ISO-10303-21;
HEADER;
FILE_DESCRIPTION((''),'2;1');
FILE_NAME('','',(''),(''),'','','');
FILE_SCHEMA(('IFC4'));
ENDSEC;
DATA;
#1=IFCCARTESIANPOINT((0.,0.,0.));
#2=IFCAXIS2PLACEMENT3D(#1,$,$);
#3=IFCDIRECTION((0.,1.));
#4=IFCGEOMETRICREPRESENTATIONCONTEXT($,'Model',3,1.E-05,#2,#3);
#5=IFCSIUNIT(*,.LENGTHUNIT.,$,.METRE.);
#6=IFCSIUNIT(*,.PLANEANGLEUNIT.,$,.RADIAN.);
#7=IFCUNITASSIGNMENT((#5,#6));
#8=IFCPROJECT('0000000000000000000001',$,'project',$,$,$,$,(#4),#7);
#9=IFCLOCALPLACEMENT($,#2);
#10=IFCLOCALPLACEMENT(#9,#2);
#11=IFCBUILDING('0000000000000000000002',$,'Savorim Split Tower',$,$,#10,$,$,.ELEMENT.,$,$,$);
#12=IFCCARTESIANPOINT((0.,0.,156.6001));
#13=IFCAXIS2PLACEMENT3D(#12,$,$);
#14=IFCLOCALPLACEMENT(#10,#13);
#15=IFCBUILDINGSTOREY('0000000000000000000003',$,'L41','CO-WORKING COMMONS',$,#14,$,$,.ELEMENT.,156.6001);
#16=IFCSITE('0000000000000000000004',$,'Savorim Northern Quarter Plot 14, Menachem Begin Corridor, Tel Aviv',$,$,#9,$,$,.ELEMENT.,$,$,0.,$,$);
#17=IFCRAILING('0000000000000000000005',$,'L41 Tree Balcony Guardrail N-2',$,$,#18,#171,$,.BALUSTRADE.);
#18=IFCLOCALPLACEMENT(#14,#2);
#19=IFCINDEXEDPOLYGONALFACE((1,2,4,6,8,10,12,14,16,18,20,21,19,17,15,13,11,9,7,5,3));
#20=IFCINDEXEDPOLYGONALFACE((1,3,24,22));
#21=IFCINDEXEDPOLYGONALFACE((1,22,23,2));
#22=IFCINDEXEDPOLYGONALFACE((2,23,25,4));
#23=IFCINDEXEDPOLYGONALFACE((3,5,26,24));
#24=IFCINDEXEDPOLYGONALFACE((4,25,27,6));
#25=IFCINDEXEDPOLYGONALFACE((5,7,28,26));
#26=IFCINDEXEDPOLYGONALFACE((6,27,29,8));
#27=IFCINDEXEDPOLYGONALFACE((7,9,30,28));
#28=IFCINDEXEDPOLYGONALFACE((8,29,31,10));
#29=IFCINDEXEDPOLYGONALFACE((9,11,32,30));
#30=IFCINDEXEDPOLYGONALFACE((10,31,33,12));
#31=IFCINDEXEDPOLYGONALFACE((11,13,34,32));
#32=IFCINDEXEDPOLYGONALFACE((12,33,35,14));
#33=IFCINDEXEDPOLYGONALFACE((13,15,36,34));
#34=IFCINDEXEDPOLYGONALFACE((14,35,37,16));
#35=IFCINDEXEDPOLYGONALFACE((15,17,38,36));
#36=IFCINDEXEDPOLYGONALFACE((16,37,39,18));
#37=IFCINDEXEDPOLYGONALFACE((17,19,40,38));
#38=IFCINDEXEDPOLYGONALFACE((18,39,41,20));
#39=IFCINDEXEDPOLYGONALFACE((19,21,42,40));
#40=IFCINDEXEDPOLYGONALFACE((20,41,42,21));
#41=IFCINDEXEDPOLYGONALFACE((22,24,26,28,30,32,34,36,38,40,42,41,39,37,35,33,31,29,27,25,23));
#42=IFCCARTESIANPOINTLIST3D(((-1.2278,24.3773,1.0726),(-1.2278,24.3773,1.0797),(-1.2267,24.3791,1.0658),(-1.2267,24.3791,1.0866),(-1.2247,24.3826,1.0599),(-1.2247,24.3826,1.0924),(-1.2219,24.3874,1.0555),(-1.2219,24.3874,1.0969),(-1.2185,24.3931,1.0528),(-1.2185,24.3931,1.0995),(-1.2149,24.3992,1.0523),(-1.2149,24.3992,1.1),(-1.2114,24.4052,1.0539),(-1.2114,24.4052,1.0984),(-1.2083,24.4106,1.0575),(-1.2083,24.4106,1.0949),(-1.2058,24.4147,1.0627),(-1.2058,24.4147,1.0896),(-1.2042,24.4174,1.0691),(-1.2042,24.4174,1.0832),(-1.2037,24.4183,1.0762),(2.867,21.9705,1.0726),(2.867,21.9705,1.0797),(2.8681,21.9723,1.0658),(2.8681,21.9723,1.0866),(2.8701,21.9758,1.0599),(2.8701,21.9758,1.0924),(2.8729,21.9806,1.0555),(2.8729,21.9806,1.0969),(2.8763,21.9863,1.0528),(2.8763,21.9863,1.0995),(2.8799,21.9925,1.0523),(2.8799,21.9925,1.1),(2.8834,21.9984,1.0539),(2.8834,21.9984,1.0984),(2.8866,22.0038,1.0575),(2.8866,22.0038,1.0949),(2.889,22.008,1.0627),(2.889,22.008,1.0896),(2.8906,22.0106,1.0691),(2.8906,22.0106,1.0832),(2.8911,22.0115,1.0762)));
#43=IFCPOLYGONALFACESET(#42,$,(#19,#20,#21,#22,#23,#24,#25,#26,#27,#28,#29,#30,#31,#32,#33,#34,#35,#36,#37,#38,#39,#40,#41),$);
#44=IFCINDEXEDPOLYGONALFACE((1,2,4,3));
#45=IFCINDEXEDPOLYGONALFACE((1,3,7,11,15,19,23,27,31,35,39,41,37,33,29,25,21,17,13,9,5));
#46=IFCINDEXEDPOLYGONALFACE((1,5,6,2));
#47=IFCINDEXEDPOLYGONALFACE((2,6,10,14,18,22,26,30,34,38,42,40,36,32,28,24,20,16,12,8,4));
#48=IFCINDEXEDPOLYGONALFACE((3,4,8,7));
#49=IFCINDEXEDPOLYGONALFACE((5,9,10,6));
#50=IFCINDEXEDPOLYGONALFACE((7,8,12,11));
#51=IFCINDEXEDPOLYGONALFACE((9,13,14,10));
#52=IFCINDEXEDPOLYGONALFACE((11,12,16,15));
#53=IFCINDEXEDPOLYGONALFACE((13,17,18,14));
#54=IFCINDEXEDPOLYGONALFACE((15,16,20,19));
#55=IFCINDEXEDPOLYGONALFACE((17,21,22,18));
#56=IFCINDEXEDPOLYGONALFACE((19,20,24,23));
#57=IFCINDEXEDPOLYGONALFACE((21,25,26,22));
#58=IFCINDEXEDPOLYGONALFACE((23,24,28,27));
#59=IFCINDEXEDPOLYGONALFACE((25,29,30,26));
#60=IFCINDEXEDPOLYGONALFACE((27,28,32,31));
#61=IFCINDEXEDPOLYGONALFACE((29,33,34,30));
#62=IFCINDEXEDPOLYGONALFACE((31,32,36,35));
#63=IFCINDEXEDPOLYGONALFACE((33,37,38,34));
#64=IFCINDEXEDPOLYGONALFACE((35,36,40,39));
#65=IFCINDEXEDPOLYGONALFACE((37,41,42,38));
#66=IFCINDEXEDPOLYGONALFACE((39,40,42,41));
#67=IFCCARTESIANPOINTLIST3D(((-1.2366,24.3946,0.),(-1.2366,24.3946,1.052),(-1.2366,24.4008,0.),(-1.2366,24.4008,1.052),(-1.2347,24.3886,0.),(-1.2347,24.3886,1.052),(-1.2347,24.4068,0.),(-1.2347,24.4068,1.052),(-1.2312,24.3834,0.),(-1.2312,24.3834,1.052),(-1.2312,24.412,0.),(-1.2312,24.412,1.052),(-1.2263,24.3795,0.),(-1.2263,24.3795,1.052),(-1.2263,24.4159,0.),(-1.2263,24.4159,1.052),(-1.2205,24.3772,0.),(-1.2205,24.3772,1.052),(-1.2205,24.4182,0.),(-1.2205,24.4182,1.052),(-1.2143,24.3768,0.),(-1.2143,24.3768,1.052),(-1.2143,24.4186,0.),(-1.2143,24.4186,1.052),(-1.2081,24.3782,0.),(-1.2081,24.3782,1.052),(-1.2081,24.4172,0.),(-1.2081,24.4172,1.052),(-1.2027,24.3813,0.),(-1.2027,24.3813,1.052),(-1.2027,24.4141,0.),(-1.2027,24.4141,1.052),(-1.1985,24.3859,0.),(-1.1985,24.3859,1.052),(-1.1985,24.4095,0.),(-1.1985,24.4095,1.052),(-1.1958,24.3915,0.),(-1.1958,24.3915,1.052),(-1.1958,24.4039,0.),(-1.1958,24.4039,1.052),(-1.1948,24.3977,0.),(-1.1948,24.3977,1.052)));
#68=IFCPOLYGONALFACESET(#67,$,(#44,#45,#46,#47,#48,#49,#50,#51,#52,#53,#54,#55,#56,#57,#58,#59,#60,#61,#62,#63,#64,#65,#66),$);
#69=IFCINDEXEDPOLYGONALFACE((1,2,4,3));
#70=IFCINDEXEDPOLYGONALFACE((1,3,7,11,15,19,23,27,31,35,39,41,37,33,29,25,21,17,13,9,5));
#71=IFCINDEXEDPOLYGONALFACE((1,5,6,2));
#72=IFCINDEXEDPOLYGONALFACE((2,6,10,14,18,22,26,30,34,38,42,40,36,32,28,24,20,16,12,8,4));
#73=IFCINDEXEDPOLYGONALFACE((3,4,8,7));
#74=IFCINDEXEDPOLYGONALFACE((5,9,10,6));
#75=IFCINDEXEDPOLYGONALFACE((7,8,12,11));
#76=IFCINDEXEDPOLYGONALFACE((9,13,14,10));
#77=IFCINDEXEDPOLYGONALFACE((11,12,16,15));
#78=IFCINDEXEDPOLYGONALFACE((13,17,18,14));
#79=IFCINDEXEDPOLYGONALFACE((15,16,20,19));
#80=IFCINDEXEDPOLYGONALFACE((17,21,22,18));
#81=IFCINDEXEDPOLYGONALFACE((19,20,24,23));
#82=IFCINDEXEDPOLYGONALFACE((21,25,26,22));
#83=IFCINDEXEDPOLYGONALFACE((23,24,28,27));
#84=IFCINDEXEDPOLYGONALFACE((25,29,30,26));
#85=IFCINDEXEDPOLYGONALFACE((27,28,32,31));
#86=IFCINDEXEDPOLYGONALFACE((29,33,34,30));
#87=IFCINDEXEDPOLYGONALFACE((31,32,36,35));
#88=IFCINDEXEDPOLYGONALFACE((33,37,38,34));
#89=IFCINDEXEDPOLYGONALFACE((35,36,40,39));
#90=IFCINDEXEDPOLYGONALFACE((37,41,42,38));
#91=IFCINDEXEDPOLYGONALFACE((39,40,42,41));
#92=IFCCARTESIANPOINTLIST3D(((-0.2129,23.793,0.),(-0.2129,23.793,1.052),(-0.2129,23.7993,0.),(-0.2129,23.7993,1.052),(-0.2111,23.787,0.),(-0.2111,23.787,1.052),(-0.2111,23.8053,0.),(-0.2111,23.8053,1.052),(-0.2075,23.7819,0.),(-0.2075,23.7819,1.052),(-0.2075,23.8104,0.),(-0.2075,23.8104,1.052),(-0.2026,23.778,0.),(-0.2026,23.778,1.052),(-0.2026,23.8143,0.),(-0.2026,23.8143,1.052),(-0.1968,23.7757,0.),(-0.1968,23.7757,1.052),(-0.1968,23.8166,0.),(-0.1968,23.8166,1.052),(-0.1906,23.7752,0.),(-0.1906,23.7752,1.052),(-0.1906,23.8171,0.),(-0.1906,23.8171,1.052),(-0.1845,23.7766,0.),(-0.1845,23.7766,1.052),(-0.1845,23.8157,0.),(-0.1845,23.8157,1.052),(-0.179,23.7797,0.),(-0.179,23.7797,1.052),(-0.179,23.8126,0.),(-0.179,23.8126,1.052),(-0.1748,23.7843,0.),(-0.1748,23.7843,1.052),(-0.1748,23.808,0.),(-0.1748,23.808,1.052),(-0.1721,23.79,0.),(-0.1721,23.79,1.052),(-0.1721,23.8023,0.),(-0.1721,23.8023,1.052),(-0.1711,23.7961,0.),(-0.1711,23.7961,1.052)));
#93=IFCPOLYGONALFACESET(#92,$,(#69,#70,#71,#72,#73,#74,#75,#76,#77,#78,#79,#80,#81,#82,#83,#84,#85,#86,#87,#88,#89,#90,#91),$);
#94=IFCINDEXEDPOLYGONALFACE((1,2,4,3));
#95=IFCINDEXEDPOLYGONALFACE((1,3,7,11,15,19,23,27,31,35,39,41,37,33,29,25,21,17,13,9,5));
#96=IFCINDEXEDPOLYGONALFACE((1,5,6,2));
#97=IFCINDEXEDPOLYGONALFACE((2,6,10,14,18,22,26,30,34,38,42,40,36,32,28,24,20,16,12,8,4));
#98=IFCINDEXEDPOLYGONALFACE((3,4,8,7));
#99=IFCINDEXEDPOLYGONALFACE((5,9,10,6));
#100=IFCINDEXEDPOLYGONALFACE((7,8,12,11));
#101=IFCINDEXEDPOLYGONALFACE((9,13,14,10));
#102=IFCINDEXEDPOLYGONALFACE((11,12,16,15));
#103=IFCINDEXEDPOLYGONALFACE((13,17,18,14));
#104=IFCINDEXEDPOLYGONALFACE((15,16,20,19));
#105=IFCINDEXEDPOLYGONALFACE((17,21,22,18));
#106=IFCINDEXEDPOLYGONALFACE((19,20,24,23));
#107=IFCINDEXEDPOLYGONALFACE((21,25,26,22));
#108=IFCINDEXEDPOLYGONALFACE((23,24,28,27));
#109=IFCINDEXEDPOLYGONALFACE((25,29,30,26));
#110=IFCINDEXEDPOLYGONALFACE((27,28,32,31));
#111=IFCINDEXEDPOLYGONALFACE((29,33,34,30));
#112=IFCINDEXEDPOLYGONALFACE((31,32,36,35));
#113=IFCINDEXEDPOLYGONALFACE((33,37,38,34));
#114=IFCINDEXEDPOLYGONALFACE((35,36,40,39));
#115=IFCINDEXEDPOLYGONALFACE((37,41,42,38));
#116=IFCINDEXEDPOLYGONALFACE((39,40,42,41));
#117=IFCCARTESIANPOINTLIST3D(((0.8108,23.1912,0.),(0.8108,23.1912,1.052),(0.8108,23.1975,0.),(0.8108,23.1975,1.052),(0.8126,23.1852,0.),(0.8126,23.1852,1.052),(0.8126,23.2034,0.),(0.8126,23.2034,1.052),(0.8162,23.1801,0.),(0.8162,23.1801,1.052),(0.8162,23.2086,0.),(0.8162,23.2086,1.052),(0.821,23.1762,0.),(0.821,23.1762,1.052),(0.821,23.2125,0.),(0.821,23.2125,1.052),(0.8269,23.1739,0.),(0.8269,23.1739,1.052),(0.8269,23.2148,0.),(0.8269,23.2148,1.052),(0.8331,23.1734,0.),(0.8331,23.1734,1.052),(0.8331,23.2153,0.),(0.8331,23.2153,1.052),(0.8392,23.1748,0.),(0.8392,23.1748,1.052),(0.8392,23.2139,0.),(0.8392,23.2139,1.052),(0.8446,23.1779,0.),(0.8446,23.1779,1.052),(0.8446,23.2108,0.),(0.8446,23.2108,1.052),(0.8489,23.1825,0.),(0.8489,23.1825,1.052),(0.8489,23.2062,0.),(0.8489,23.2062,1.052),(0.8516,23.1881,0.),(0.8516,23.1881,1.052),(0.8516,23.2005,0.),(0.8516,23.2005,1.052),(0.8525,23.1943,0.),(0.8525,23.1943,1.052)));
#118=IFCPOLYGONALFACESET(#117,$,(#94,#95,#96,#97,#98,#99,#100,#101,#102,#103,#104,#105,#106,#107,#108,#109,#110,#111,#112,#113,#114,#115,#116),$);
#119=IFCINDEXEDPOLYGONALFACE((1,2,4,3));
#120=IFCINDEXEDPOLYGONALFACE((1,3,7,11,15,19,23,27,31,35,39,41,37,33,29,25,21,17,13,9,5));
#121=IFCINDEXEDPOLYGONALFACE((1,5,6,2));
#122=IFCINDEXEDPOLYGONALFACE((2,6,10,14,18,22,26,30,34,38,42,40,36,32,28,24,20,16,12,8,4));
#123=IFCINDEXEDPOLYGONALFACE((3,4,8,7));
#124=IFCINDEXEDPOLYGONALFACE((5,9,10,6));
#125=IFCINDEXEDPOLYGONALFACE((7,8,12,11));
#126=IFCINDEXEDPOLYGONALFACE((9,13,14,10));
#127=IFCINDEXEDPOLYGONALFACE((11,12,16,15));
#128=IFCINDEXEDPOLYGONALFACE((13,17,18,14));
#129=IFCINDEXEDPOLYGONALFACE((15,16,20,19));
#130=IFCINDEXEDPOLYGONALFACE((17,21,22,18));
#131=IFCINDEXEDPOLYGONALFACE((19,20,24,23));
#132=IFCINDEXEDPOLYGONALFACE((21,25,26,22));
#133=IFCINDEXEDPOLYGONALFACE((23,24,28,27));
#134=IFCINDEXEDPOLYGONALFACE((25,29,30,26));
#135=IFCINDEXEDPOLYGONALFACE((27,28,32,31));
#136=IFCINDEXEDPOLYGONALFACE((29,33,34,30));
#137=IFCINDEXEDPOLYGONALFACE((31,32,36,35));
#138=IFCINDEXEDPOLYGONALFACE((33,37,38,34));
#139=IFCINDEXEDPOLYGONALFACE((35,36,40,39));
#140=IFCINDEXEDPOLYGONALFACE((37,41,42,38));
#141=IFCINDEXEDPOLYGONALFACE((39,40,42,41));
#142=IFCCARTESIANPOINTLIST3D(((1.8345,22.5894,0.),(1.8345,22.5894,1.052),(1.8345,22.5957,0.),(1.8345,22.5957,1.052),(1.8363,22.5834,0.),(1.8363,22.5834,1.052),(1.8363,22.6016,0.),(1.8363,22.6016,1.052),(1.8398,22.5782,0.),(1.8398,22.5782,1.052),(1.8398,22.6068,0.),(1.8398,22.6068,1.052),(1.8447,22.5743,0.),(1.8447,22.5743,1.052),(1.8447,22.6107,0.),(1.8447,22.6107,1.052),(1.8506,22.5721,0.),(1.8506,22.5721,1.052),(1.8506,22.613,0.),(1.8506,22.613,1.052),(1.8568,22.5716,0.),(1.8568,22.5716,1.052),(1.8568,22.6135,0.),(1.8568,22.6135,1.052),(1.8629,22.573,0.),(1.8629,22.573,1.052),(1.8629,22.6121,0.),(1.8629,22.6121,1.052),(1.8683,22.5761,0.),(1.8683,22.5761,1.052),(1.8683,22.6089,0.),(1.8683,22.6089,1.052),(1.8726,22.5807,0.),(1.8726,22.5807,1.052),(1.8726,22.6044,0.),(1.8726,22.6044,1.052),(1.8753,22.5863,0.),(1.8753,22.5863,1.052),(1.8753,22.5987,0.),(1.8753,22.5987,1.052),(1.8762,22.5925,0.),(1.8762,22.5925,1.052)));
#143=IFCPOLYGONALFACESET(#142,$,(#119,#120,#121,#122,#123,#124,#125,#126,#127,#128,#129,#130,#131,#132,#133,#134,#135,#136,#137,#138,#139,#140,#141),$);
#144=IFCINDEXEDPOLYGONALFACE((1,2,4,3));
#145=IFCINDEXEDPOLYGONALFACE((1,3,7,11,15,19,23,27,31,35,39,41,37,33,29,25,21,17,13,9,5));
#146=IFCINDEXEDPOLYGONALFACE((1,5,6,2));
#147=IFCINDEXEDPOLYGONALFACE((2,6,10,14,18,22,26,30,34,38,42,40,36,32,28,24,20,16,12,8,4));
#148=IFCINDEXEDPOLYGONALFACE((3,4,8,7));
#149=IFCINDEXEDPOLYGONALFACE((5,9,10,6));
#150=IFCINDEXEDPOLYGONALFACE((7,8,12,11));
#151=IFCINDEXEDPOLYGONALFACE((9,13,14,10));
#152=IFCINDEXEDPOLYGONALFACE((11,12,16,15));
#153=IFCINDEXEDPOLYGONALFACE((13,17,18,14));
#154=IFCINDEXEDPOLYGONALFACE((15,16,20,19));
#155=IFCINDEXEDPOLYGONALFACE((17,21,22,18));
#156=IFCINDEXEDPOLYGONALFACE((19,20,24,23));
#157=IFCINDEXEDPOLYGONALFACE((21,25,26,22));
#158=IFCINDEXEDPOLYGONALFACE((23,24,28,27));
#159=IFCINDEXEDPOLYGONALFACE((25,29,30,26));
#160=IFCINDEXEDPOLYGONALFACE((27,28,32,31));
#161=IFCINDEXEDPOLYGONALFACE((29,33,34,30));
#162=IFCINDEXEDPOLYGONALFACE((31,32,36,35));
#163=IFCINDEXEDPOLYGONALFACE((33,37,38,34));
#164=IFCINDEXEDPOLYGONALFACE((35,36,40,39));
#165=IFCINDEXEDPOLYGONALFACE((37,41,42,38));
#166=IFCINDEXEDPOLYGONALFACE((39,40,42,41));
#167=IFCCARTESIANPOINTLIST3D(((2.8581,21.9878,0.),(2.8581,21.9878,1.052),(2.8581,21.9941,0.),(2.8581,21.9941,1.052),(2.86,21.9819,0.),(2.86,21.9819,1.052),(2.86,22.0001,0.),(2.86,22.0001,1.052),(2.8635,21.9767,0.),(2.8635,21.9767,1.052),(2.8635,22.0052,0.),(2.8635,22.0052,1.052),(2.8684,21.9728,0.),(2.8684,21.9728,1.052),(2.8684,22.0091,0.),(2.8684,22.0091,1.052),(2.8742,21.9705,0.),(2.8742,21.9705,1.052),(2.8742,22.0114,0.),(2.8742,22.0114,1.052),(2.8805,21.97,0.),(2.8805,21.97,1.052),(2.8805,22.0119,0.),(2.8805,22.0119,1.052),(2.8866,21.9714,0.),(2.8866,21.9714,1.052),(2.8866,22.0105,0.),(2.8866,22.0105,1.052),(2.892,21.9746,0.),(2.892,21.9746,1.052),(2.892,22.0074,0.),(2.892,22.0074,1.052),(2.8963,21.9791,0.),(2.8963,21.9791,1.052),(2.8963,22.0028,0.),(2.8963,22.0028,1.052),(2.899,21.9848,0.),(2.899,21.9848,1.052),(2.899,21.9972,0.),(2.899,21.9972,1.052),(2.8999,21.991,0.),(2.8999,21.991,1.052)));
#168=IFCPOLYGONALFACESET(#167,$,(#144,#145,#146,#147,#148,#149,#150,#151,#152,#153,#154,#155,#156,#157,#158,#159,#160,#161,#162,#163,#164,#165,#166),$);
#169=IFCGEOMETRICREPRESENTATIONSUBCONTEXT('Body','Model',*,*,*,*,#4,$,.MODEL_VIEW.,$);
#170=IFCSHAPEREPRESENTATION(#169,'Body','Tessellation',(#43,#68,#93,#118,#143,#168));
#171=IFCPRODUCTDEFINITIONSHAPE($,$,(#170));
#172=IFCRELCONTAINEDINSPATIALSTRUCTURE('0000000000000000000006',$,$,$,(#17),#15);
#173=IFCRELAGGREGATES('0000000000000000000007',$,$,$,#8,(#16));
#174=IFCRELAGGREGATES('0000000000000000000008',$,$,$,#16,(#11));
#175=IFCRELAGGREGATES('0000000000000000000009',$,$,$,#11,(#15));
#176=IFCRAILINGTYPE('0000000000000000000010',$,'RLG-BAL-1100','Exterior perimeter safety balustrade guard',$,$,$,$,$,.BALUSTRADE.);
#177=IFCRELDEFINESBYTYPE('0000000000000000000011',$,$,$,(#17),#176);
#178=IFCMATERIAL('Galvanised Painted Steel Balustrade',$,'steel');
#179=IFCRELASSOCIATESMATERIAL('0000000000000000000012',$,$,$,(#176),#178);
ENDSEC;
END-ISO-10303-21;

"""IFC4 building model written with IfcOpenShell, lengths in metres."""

from ifc_helpers import new_model, si_unit, direction, frame, origin, origin_2d, place, context, subcontext, project, spatial, circle, extrude, material, type_object, element, save


model = new_model("IFC4")

# Units and contexts
model_context = context("Model", 3, precision=1e-05, world=origin(), true_north=direction((0.0, 1.0)))
body_context = subcontext(model_context, "Body", "Model", "MODEL_VIEW")
ifc_project = project(units=[si_unit("LENGTHUNIT", "METRE"), si_unit("PLANEANGLEUNIT", "RADIAN")], contexts=[model_context])

# Site, building, storey
site_placement = place(None, origin())
site = spatial("IfcSite", under=ifc_project, at=site_placement, Name="Savorim Northern Quarter Plot 14, Menachem Begin Corridor, Tel Aviv", CompositionType="ELEMENT", RefElevation=0.0)
building_placement = place(site_placement, origin())
building = spatial("IfcBuilding", under=site, at=building_placement, Name="Savorim Split Tower", CompositionType="ELEMENT")
storey_placement = place(building_placement, frame((0.0, 0.0, 156.6001)))
storey = spatial("IfcBuildingStorey", under=building, at=storey_placement, Name="L41", Description="CO-WORKING COMMONS", CompositionType="ELEMENT", Elevation=156.6001)

# Railing
ifc_material_1 = material(Name="Galvanised Painted Steel Balustrade", Category="steel")
railing_type = type_object("IfcRailingType", Name="RLG-BAL-1100", Description="Exterior perimeter safety balustrade guard", PredefinedType="BALUSTRADE", material=ifc_material_1)
railing_1_placement = place(storey_placement, frame((-1.2158, 24.3977, 0.0)))
element("IfcRailing", 1, at=railing_1_placement, inside=storey, type_object=railing_type, Name="L41 Tree Balcony Guardrail N-2", PredefinedType="BALUSTRADE", context=body_context, shape_type="SweptSolid", body=[
    extrude(circle(Radius=0.0239, at=origin_2d()), frame((0.0, 0.0, 1.0762), z_axis=(0.862111, -0.506719, 0.0), x_axis=(0.506719, 0.862111, 0.0)), (0.0, 0.0, 1.0), 4.7498),
    extrude(circle(Radius=0.021, at=origin_2d()), origin(), (0.0, 0.0, 1.0), 1.052),
    extrude(circle(Radius=0.021, at=origin_2d()), frame((1.0237, -0.6016, 0.0)), (0.0, 0.0, 1.0), 1.052),
    extrude(circle(Radius=0.021, at=origin_2d()), frame((2.0474, -1.2034, 0.0)), (0.0, 0.0, 1.0), 1.052),
    extrude(circle(Radius=0.021, at=origin_2d()), frame((3.071, -1.8052, 0.0)), (0.0, 0.0, 1.0), 1.052),
    extrude(circle(Radius=0.021, at=origin_2d()), frame((4.0947, -2.4067, 0.0)), (0.0, 0.0, 1.0), 1.052),
])

save(model, "model.ifc")
